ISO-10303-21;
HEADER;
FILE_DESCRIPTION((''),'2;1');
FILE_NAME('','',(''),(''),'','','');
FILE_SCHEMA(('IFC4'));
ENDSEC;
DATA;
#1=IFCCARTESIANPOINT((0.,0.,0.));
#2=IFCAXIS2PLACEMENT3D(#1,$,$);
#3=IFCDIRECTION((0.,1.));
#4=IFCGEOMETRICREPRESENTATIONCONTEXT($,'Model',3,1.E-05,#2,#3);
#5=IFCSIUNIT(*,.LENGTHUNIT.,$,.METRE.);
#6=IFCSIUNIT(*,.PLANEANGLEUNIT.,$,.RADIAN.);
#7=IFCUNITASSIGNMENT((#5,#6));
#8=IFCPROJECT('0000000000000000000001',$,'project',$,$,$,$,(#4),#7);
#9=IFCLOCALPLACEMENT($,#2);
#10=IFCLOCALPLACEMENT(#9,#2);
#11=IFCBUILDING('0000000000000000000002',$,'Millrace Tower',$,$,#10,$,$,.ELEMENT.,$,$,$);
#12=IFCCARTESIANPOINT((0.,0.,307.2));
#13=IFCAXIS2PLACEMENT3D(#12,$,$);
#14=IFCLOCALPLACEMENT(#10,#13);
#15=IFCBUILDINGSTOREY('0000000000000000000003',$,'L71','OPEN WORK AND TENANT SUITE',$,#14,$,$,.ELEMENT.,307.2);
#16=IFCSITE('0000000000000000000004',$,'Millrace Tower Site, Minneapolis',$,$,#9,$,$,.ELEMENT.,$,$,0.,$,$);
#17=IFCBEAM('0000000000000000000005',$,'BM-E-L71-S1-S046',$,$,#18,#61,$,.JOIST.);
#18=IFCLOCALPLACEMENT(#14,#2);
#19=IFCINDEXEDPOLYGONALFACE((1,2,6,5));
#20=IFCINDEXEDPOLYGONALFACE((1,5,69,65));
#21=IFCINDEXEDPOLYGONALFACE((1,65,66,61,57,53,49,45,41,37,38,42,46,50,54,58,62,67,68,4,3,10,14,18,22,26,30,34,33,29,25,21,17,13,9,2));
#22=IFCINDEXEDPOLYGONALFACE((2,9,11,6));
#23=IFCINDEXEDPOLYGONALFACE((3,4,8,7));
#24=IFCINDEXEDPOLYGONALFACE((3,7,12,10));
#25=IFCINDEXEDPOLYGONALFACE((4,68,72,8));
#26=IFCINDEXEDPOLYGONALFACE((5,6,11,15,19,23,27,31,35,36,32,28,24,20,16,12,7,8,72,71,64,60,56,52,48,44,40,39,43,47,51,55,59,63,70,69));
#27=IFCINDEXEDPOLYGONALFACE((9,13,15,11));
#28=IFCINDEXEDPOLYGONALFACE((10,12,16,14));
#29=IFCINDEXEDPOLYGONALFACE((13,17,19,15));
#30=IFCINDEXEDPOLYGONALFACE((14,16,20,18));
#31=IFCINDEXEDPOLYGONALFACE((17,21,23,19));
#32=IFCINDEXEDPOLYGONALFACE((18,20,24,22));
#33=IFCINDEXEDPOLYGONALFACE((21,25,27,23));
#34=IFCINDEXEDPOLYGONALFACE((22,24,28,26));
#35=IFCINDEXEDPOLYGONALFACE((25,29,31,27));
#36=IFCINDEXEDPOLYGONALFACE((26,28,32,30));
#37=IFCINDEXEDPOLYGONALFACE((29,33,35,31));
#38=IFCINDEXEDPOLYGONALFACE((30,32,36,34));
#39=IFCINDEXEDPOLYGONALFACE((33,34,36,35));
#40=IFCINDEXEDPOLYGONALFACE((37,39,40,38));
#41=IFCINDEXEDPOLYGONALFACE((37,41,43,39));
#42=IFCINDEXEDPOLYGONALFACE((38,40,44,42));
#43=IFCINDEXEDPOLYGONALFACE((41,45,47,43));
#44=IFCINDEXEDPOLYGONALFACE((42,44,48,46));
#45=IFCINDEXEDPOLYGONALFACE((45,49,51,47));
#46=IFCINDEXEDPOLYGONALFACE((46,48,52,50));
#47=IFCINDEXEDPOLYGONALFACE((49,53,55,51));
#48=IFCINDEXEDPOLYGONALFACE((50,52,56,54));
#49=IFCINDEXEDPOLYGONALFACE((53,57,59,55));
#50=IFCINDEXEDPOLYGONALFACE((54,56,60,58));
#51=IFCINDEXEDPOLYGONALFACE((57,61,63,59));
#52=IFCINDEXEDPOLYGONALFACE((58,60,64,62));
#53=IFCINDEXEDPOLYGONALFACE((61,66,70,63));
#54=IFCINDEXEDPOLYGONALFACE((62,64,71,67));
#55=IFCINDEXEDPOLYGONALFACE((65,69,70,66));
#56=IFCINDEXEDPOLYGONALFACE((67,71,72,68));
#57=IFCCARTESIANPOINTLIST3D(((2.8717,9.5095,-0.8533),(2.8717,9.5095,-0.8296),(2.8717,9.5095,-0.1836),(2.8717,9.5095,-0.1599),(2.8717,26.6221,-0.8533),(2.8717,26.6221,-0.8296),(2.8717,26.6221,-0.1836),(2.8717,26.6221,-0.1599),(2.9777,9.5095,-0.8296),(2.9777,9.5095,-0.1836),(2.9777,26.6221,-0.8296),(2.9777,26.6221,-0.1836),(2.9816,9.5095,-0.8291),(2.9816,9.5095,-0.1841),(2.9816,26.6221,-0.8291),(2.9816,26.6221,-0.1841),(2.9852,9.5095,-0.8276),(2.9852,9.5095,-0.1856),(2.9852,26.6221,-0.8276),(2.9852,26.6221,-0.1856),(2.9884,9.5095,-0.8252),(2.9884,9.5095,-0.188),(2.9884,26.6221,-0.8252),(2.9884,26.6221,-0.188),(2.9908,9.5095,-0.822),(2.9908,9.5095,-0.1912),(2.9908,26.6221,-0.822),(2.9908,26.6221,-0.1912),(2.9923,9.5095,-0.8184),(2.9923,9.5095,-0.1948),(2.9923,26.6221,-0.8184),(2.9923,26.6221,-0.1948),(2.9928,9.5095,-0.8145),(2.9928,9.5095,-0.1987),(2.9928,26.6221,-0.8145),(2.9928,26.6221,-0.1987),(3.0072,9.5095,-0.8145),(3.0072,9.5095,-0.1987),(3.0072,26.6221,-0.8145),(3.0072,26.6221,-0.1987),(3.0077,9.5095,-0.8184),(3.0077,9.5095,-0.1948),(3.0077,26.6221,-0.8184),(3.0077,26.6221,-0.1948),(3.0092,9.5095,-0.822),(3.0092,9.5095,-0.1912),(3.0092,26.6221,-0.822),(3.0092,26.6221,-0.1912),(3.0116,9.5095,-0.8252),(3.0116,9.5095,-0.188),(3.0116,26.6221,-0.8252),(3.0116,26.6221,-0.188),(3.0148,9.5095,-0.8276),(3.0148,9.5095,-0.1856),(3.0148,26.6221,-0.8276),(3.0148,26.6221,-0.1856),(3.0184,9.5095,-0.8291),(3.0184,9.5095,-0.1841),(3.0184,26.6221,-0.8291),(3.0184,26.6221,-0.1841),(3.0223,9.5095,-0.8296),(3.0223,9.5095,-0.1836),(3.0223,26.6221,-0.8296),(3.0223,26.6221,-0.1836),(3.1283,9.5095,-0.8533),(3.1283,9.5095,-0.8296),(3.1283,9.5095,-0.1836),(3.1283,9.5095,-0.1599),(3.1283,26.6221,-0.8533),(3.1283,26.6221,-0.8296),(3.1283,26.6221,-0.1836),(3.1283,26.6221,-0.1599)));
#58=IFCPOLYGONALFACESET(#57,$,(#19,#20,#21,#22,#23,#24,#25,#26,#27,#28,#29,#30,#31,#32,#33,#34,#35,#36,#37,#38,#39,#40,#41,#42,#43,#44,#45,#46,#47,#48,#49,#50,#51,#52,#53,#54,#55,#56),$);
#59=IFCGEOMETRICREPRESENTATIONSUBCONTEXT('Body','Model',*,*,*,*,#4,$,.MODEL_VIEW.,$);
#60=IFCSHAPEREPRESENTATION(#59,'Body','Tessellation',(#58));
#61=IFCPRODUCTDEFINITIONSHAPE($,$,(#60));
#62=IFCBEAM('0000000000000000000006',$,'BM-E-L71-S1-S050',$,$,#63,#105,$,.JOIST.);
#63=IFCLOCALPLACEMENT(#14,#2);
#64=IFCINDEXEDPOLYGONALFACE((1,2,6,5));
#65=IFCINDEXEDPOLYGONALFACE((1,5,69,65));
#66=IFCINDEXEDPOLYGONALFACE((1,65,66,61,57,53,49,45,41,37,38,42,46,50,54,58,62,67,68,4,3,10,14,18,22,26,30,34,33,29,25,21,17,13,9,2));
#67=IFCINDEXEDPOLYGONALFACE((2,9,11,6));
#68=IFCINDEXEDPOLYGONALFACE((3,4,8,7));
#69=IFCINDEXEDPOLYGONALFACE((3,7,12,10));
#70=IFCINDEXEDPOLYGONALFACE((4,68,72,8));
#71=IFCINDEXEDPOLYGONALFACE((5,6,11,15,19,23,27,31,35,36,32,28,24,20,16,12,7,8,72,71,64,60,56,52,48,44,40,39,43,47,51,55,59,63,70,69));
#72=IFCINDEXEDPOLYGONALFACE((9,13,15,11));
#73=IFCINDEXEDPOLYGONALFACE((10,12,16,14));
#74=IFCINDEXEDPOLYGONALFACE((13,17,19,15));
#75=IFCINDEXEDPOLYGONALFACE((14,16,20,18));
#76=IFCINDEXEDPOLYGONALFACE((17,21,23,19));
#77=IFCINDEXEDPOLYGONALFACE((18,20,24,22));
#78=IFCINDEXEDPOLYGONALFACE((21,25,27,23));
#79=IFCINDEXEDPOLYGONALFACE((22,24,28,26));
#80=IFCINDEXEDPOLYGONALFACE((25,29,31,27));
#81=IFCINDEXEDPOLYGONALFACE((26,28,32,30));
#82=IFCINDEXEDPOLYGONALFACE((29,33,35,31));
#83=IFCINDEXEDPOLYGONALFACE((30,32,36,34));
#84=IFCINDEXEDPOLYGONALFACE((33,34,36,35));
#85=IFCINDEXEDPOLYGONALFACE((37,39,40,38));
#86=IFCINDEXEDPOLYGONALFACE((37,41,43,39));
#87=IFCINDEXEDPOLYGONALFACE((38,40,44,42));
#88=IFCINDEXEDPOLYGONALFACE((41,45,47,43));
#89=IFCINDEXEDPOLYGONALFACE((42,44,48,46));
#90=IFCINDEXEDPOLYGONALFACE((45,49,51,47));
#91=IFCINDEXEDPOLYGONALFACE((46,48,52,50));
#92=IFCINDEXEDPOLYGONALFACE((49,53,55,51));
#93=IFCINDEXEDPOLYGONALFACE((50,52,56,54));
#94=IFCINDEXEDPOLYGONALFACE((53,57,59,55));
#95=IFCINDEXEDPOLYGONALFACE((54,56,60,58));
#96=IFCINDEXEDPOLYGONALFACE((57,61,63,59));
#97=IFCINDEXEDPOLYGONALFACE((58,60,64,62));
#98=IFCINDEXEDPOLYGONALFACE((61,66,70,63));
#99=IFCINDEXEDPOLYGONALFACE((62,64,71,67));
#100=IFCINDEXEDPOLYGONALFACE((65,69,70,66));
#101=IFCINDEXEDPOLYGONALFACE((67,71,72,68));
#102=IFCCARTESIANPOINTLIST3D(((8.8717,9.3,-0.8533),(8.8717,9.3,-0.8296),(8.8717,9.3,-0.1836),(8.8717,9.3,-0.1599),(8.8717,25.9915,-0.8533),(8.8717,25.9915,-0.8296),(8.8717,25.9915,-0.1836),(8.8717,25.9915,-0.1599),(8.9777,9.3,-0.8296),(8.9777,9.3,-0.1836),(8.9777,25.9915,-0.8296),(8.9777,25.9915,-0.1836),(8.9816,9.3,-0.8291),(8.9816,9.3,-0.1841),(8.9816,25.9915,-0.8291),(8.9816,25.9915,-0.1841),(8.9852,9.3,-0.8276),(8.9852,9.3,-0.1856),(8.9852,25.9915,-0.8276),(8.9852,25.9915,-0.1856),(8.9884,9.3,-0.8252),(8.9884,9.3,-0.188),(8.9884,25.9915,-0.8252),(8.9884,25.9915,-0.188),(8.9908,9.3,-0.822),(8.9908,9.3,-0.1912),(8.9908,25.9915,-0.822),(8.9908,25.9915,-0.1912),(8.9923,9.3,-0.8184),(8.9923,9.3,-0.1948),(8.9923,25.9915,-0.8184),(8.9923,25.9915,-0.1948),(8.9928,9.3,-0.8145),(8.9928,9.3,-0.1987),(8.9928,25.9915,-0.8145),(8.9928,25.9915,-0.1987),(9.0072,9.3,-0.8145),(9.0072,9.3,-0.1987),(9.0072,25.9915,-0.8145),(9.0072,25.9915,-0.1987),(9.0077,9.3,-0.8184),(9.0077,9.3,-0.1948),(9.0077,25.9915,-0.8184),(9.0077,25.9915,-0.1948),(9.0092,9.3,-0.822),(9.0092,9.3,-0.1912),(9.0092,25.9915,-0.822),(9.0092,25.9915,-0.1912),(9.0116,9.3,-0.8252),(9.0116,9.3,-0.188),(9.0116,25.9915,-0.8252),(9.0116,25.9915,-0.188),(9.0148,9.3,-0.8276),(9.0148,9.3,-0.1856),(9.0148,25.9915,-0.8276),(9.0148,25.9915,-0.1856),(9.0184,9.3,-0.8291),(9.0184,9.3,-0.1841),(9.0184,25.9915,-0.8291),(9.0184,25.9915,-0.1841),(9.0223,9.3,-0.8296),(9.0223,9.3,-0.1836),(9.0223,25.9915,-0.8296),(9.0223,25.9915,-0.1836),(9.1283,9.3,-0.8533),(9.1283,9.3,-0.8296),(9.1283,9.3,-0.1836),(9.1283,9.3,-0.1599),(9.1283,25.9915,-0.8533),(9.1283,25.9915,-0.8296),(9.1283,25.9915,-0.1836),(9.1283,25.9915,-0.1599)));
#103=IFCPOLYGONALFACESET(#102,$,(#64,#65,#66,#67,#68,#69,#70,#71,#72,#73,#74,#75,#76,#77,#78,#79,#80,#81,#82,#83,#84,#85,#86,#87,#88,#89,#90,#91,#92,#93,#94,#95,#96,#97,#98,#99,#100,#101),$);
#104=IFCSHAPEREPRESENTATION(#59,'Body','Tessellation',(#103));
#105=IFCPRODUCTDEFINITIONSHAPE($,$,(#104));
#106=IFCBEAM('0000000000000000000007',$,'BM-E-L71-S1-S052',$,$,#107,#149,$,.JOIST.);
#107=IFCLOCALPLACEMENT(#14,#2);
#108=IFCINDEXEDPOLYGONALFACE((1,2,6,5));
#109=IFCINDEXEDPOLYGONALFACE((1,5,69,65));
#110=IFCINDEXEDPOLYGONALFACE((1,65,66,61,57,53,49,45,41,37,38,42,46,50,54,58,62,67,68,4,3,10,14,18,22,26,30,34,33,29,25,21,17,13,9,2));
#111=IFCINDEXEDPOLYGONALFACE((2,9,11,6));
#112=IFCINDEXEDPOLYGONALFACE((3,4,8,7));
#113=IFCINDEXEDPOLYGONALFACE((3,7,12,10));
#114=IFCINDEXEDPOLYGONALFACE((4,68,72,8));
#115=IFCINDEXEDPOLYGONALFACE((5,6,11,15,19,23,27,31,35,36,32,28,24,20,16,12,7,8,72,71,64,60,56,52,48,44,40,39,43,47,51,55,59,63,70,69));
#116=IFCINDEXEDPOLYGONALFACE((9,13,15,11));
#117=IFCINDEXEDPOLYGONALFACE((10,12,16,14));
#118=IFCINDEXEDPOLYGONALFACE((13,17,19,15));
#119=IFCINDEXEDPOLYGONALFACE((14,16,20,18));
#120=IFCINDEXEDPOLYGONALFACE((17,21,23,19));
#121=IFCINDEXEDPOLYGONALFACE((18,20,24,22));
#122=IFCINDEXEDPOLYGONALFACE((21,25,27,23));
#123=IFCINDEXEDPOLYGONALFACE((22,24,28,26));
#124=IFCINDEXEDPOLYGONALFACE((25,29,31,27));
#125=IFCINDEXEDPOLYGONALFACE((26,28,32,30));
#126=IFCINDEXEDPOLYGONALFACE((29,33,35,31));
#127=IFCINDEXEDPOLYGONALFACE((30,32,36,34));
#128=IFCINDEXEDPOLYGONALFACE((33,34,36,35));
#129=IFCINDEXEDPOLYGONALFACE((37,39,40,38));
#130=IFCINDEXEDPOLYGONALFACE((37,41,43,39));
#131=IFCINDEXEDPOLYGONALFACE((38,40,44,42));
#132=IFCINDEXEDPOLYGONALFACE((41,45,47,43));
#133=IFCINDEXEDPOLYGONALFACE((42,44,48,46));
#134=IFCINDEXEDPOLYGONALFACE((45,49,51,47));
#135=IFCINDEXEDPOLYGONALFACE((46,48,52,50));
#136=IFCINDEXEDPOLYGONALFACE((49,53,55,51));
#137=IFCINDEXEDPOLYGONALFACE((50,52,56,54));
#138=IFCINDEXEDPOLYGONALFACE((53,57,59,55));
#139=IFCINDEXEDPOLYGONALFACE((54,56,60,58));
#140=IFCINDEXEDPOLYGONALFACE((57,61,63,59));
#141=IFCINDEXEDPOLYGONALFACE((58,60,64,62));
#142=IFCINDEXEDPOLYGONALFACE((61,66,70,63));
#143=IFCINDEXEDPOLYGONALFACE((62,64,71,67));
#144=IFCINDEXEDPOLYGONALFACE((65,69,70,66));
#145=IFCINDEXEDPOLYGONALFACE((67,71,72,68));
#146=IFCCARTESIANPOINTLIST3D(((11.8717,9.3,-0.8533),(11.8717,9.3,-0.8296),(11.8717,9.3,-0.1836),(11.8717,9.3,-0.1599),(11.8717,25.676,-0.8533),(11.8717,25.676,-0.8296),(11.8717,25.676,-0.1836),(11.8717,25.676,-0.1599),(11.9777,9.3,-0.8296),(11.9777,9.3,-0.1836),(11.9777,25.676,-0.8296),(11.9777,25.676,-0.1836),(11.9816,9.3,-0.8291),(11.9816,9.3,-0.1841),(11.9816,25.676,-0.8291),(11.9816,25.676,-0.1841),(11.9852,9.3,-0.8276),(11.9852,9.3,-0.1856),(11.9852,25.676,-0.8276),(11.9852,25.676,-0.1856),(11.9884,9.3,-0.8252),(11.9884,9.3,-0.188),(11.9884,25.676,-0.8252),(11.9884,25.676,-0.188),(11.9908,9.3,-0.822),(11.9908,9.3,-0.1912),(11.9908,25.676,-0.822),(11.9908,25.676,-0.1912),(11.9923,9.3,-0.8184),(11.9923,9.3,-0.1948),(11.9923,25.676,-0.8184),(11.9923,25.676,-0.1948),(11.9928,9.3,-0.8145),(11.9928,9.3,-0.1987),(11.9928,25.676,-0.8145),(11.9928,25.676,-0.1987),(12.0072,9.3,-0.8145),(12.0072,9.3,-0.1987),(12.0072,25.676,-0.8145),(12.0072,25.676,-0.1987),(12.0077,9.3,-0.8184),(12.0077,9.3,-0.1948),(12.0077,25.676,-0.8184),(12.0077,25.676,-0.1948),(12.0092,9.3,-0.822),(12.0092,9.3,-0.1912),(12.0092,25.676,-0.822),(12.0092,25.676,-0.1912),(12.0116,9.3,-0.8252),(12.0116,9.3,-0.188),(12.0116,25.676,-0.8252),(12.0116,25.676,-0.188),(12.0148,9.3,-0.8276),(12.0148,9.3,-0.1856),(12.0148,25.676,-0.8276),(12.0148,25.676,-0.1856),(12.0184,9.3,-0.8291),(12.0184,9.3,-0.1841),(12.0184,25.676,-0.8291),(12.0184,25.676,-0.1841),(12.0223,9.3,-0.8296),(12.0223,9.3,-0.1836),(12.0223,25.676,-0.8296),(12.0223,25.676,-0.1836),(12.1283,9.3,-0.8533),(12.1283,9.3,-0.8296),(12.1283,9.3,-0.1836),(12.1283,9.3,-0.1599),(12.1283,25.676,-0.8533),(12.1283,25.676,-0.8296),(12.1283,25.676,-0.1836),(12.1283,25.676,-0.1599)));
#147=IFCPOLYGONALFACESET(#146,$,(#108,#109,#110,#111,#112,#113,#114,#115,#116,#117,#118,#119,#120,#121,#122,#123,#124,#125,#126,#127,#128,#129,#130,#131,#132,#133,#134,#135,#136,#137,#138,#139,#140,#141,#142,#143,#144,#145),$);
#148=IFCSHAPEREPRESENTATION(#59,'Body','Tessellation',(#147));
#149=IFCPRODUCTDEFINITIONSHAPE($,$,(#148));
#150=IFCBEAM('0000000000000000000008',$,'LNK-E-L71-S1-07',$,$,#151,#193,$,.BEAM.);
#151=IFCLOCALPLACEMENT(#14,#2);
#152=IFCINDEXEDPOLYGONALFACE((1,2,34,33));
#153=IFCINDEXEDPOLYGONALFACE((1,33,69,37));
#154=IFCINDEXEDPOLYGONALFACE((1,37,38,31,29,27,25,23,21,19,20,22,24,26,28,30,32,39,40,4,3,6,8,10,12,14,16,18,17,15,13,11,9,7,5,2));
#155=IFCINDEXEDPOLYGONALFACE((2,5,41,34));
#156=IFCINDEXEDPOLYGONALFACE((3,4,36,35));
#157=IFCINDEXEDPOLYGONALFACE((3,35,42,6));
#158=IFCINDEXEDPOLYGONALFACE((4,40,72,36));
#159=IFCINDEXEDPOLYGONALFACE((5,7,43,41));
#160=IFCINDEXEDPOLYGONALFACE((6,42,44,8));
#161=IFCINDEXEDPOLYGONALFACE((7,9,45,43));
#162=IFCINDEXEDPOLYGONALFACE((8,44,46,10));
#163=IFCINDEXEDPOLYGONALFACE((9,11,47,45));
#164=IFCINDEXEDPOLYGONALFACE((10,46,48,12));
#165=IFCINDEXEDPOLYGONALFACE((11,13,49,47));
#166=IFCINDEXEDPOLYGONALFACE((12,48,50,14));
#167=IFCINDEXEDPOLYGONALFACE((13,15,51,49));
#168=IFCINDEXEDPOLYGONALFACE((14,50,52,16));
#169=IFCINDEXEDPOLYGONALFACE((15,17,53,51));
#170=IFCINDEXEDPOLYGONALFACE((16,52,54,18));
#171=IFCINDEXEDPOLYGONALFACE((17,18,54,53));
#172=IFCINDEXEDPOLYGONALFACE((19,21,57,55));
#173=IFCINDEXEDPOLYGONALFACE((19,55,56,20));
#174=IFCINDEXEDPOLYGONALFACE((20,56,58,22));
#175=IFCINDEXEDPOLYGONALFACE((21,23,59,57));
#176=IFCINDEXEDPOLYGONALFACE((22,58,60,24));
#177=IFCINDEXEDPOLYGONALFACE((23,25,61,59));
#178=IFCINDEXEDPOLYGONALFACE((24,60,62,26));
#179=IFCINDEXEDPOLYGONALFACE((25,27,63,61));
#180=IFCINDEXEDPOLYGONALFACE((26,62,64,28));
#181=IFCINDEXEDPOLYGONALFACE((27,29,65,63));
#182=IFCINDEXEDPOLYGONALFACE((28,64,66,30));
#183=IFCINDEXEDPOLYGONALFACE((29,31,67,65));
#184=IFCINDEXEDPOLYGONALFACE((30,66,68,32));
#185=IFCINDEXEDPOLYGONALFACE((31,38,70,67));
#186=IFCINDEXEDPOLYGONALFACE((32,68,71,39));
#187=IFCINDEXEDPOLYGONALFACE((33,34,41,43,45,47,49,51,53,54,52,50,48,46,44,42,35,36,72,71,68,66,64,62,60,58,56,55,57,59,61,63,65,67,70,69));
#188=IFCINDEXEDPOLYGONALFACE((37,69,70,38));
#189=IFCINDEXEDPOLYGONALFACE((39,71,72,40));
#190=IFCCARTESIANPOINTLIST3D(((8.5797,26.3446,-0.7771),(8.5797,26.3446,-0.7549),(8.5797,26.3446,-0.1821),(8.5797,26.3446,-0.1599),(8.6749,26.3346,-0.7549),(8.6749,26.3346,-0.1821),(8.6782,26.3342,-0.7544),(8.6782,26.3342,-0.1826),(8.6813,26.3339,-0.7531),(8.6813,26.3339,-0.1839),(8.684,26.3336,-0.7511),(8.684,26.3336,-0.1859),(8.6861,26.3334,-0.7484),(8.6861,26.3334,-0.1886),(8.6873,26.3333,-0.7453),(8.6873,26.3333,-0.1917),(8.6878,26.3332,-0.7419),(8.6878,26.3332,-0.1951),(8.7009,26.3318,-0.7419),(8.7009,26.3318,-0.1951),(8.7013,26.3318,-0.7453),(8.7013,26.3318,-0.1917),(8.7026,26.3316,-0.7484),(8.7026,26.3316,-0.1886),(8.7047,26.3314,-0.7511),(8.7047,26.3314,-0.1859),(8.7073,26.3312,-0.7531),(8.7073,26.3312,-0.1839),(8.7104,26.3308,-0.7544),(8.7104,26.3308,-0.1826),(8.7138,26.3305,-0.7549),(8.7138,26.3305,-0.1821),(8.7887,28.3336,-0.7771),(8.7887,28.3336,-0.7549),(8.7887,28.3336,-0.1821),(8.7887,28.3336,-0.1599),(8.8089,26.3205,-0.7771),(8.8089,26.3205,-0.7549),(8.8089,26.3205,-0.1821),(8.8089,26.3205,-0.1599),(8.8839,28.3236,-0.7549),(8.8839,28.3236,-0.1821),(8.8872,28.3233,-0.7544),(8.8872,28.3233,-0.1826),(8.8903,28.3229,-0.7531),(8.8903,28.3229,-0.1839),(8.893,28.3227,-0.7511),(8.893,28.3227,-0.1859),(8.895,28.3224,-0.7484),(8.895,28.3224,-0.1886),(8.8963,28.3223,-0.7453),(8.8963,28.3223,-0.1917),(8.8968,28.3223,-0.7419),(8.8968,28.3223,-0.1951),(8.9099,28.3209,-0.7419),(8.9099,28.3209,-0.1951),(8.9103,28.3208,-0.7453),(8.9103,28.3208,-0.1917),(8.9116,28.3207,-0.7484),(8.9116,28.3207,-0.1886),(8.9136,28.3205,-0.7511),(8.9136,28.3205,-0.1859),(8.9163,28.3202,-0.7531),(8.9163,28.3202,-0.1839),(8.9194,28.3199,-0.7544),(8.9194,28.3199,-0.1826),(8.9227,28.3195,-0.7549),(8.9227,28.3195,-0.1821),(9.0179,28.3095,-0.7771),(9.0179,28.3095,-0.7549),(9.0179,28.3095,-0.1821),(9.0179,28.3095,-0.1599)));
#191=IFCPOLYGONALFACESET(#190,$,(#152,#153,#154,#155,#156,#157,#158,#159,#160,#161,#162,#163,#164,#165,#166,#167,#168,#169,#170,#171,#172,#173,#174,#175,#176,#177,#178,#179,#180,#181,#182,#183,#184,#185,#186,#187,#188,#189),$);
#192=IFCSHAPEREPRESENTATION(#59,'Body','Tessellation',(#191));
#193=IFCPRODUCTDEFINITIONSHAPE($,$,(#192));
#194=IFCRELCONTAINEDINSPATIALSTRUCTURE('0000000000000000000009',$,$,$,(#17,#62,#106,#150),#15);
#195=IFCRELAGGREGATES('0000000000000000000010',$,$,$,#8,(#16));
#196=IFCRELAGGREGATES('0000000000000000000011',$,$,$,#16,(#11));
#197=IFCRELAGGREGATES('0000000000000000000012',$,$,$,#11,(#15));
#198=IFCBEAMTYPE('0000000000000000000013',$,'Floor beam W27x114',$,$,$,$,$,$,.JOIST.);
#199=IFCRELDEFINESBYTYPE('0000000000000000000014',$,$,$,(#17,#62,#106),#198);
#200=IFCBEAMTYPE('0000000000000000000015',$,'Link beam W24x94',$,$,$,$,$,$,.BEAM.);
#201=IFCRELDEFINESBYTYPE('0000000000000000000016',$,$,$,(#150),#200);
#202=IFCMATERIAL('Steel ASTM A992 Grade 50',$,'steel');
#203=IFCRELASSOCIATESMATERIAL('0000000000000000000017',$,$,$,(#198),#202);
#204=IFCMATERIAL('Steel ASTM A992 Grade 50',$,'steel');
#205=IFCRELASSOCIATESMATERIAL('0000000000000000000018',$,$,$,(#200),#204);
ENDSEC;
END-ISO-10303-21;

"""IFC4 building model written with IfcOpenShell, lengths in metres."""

from ifc_helpers import new_model, si_unit, direction, frame, origin, origin_2d, place, context, subcontext, project, spatial, i_section, extrude, material, material_profile, profile_set, type_object, element, save


model = new_model("IFC4")

# Units and contexts
model_context = context("Model", 3, precision=1e-05, world=origin(), true_north=direction((0.0, 1.0)))
body_context = subcontext(model_context, "Body", "Model", "MODEL_VIEW")
ifc_project = project(units=[si_unit("LENGTHUNIT", "METRE"), si_unit("PLANEANGLEUNIT", "RADIAN")], contexts=[model_context])

# Site, building, storey
site_placement = place(None, origin())
site = spatial("IfcSite", under=ifc_project, at=site_placement, Name="Millrace Tower Site, Minneapolis", CompositionType="ELEMENT", RefElevation=0.0)
building_placement = place(site_placement, origin())
building = spatial("IfcBuilding", under=site, at=building_placement, Name="Millrace Tower", CompositionType="ELEMENT")
storey_placement = place(building_placement, frame((0.0, 0.0, 307.2)))
storey = spatial("IfcBuildingStorey", under=building, at=storey_placement, Name="L71", Description="OPEN WORK AND TENANT SUITE", CompositionType="ELEMENT", Elevation=307.2)

# Beams
ifc_material_1 = material(Name="Steel ASTM A992 Grade 50", Category="steel")
ifc_material_profile_1 = material_profile(ifc_material_1, i_section(OverallWidth=0.2566, OverallDepth=0.6934, WebThickness=0.0144, FlangeThickness=0.0237, FilletRadius=0.0151, at=origin_2d()))
ifc_profile_set_1 = profile_set([ifc_material_profile_1], Name="Steel ASTM A992 Grade 50")
beam_type_1 = type_object("IfcBeamType", Name="Floor beam W27x114", PredefinedType="JOIST", material=ifc_profile_set_1)
beam_1_placement = place(storey_placement, frame((3.0, 9.5095, -0.5066), z_axis=(0.0, 1.0, 0.0), x_axis=(-1.0, 0.0, 0.0)))
element("IfcBeam", 1, at=beam_1_placement, inside=storey, type_object=beam_type_1, Name="BM-E-L71-S1-S046", PredefinedType="JOIST", context=body_context, shape_type="SweptSolid", body=[
    extrude(i_section(OverallWidth=0.2566, OverallDepth=0.6934, WebThickness=0.0144, FlangeThickness=0.0237, FilletRadius=0.0151, at=origin_2d()), origin(), (0.0, 0.0, 1.0), 17.1125),
])
beam_2_placement = place(storey_placement, frame((9.0, 9.3, -0.5066), z_axis=(0.0, 1.0, 0.0), x_axis=(-1.0, 0.0, 0.0)))
element("IfcBeam", 2, at=beam_2_placement, inside=storey, type_object=beam_type_1, Name="BM-E-L71-S1-S050", PredefinedType="JOIST", context=body_context, shape_type="SweptSolid", body=[
    extrude(i_section(OverallWidth=0.2566, OverallDepth=0.6934, WebThickness=0.0144, FlangeThickness=0.0237, FilletRadius=0.0151, at=origin_2d()), origin(), (0.0, 0.0, 1.0), 16.6914),
])
beam_3_placement = place(storey_placement, frame((12.0, 9.3, -0.5066), z_axis=(0.0, 1.0, 0.0), x_axis=(-1.0, 0.0, 0.0)))
element("IfcBeam", 3, at=beam_3_placement, inside=storey, type_object=beam_type_1, Name="BM-E-L71-S1-S052", PredefinedType="JOIST", context=body_context, shape_type="SweptSolid", body=[
    extrude(i_section(OverallWidth=0.2566, OverallDepth=0.6934, WebThickness=0.0144, FlangeThickness=0.0237, FilletRadius=0.0151, at=origin_2d()), origin(), (0.0, 0.0, 1.0), 16.376),
])
ifc_material_2 = material(Name="Steel ASTM A992 Grade 50", Category="steel")
ifc_material_profile_2 = material_profile(ifc_material_2, i_section(OverallWidth=0.2305, OverallDepth=0.6172, WebThickness=0.0132, FlangeThickness=0.0222, FilletRadius=0.0129, at=origin_2d()))
ifc_profile_set_2 = profile_set([ifc_material_profile_2], Name="Steel ASTM A992 Grade 50")
beam_type_2 = type_object("IfcBeamType", Name="Link beam W24x94", PredefinedType="BEAM", material=ifc_profile_set_2)
beam_4_placement = place(storey_placement, frame((8.6943, 26.3325, -0.4685), z_axis=(0.104494, 0.994526, 0.0), x_axis=(-0.994526, 0.104494, 0.0)))
element("IfcBeam", 4, at=beam_4_placement, inside=storey, type_object=beam_type_2, Name="LNK-E-L71-S1-07", PredefinedType="BEAM", context=body_context, shape_type="SweptSolid", body=[
    extrude(i_section(OverallWidth=0.2305, OverallDepth=0.6172, WebThickness=0.0132, FlangeThickness=0.0222, FilletRadius=0.0129, at=origin_2d()), origin(), (0.0, 0.0, 1.0), 2.0),
])

save(model, "model.ifc")
